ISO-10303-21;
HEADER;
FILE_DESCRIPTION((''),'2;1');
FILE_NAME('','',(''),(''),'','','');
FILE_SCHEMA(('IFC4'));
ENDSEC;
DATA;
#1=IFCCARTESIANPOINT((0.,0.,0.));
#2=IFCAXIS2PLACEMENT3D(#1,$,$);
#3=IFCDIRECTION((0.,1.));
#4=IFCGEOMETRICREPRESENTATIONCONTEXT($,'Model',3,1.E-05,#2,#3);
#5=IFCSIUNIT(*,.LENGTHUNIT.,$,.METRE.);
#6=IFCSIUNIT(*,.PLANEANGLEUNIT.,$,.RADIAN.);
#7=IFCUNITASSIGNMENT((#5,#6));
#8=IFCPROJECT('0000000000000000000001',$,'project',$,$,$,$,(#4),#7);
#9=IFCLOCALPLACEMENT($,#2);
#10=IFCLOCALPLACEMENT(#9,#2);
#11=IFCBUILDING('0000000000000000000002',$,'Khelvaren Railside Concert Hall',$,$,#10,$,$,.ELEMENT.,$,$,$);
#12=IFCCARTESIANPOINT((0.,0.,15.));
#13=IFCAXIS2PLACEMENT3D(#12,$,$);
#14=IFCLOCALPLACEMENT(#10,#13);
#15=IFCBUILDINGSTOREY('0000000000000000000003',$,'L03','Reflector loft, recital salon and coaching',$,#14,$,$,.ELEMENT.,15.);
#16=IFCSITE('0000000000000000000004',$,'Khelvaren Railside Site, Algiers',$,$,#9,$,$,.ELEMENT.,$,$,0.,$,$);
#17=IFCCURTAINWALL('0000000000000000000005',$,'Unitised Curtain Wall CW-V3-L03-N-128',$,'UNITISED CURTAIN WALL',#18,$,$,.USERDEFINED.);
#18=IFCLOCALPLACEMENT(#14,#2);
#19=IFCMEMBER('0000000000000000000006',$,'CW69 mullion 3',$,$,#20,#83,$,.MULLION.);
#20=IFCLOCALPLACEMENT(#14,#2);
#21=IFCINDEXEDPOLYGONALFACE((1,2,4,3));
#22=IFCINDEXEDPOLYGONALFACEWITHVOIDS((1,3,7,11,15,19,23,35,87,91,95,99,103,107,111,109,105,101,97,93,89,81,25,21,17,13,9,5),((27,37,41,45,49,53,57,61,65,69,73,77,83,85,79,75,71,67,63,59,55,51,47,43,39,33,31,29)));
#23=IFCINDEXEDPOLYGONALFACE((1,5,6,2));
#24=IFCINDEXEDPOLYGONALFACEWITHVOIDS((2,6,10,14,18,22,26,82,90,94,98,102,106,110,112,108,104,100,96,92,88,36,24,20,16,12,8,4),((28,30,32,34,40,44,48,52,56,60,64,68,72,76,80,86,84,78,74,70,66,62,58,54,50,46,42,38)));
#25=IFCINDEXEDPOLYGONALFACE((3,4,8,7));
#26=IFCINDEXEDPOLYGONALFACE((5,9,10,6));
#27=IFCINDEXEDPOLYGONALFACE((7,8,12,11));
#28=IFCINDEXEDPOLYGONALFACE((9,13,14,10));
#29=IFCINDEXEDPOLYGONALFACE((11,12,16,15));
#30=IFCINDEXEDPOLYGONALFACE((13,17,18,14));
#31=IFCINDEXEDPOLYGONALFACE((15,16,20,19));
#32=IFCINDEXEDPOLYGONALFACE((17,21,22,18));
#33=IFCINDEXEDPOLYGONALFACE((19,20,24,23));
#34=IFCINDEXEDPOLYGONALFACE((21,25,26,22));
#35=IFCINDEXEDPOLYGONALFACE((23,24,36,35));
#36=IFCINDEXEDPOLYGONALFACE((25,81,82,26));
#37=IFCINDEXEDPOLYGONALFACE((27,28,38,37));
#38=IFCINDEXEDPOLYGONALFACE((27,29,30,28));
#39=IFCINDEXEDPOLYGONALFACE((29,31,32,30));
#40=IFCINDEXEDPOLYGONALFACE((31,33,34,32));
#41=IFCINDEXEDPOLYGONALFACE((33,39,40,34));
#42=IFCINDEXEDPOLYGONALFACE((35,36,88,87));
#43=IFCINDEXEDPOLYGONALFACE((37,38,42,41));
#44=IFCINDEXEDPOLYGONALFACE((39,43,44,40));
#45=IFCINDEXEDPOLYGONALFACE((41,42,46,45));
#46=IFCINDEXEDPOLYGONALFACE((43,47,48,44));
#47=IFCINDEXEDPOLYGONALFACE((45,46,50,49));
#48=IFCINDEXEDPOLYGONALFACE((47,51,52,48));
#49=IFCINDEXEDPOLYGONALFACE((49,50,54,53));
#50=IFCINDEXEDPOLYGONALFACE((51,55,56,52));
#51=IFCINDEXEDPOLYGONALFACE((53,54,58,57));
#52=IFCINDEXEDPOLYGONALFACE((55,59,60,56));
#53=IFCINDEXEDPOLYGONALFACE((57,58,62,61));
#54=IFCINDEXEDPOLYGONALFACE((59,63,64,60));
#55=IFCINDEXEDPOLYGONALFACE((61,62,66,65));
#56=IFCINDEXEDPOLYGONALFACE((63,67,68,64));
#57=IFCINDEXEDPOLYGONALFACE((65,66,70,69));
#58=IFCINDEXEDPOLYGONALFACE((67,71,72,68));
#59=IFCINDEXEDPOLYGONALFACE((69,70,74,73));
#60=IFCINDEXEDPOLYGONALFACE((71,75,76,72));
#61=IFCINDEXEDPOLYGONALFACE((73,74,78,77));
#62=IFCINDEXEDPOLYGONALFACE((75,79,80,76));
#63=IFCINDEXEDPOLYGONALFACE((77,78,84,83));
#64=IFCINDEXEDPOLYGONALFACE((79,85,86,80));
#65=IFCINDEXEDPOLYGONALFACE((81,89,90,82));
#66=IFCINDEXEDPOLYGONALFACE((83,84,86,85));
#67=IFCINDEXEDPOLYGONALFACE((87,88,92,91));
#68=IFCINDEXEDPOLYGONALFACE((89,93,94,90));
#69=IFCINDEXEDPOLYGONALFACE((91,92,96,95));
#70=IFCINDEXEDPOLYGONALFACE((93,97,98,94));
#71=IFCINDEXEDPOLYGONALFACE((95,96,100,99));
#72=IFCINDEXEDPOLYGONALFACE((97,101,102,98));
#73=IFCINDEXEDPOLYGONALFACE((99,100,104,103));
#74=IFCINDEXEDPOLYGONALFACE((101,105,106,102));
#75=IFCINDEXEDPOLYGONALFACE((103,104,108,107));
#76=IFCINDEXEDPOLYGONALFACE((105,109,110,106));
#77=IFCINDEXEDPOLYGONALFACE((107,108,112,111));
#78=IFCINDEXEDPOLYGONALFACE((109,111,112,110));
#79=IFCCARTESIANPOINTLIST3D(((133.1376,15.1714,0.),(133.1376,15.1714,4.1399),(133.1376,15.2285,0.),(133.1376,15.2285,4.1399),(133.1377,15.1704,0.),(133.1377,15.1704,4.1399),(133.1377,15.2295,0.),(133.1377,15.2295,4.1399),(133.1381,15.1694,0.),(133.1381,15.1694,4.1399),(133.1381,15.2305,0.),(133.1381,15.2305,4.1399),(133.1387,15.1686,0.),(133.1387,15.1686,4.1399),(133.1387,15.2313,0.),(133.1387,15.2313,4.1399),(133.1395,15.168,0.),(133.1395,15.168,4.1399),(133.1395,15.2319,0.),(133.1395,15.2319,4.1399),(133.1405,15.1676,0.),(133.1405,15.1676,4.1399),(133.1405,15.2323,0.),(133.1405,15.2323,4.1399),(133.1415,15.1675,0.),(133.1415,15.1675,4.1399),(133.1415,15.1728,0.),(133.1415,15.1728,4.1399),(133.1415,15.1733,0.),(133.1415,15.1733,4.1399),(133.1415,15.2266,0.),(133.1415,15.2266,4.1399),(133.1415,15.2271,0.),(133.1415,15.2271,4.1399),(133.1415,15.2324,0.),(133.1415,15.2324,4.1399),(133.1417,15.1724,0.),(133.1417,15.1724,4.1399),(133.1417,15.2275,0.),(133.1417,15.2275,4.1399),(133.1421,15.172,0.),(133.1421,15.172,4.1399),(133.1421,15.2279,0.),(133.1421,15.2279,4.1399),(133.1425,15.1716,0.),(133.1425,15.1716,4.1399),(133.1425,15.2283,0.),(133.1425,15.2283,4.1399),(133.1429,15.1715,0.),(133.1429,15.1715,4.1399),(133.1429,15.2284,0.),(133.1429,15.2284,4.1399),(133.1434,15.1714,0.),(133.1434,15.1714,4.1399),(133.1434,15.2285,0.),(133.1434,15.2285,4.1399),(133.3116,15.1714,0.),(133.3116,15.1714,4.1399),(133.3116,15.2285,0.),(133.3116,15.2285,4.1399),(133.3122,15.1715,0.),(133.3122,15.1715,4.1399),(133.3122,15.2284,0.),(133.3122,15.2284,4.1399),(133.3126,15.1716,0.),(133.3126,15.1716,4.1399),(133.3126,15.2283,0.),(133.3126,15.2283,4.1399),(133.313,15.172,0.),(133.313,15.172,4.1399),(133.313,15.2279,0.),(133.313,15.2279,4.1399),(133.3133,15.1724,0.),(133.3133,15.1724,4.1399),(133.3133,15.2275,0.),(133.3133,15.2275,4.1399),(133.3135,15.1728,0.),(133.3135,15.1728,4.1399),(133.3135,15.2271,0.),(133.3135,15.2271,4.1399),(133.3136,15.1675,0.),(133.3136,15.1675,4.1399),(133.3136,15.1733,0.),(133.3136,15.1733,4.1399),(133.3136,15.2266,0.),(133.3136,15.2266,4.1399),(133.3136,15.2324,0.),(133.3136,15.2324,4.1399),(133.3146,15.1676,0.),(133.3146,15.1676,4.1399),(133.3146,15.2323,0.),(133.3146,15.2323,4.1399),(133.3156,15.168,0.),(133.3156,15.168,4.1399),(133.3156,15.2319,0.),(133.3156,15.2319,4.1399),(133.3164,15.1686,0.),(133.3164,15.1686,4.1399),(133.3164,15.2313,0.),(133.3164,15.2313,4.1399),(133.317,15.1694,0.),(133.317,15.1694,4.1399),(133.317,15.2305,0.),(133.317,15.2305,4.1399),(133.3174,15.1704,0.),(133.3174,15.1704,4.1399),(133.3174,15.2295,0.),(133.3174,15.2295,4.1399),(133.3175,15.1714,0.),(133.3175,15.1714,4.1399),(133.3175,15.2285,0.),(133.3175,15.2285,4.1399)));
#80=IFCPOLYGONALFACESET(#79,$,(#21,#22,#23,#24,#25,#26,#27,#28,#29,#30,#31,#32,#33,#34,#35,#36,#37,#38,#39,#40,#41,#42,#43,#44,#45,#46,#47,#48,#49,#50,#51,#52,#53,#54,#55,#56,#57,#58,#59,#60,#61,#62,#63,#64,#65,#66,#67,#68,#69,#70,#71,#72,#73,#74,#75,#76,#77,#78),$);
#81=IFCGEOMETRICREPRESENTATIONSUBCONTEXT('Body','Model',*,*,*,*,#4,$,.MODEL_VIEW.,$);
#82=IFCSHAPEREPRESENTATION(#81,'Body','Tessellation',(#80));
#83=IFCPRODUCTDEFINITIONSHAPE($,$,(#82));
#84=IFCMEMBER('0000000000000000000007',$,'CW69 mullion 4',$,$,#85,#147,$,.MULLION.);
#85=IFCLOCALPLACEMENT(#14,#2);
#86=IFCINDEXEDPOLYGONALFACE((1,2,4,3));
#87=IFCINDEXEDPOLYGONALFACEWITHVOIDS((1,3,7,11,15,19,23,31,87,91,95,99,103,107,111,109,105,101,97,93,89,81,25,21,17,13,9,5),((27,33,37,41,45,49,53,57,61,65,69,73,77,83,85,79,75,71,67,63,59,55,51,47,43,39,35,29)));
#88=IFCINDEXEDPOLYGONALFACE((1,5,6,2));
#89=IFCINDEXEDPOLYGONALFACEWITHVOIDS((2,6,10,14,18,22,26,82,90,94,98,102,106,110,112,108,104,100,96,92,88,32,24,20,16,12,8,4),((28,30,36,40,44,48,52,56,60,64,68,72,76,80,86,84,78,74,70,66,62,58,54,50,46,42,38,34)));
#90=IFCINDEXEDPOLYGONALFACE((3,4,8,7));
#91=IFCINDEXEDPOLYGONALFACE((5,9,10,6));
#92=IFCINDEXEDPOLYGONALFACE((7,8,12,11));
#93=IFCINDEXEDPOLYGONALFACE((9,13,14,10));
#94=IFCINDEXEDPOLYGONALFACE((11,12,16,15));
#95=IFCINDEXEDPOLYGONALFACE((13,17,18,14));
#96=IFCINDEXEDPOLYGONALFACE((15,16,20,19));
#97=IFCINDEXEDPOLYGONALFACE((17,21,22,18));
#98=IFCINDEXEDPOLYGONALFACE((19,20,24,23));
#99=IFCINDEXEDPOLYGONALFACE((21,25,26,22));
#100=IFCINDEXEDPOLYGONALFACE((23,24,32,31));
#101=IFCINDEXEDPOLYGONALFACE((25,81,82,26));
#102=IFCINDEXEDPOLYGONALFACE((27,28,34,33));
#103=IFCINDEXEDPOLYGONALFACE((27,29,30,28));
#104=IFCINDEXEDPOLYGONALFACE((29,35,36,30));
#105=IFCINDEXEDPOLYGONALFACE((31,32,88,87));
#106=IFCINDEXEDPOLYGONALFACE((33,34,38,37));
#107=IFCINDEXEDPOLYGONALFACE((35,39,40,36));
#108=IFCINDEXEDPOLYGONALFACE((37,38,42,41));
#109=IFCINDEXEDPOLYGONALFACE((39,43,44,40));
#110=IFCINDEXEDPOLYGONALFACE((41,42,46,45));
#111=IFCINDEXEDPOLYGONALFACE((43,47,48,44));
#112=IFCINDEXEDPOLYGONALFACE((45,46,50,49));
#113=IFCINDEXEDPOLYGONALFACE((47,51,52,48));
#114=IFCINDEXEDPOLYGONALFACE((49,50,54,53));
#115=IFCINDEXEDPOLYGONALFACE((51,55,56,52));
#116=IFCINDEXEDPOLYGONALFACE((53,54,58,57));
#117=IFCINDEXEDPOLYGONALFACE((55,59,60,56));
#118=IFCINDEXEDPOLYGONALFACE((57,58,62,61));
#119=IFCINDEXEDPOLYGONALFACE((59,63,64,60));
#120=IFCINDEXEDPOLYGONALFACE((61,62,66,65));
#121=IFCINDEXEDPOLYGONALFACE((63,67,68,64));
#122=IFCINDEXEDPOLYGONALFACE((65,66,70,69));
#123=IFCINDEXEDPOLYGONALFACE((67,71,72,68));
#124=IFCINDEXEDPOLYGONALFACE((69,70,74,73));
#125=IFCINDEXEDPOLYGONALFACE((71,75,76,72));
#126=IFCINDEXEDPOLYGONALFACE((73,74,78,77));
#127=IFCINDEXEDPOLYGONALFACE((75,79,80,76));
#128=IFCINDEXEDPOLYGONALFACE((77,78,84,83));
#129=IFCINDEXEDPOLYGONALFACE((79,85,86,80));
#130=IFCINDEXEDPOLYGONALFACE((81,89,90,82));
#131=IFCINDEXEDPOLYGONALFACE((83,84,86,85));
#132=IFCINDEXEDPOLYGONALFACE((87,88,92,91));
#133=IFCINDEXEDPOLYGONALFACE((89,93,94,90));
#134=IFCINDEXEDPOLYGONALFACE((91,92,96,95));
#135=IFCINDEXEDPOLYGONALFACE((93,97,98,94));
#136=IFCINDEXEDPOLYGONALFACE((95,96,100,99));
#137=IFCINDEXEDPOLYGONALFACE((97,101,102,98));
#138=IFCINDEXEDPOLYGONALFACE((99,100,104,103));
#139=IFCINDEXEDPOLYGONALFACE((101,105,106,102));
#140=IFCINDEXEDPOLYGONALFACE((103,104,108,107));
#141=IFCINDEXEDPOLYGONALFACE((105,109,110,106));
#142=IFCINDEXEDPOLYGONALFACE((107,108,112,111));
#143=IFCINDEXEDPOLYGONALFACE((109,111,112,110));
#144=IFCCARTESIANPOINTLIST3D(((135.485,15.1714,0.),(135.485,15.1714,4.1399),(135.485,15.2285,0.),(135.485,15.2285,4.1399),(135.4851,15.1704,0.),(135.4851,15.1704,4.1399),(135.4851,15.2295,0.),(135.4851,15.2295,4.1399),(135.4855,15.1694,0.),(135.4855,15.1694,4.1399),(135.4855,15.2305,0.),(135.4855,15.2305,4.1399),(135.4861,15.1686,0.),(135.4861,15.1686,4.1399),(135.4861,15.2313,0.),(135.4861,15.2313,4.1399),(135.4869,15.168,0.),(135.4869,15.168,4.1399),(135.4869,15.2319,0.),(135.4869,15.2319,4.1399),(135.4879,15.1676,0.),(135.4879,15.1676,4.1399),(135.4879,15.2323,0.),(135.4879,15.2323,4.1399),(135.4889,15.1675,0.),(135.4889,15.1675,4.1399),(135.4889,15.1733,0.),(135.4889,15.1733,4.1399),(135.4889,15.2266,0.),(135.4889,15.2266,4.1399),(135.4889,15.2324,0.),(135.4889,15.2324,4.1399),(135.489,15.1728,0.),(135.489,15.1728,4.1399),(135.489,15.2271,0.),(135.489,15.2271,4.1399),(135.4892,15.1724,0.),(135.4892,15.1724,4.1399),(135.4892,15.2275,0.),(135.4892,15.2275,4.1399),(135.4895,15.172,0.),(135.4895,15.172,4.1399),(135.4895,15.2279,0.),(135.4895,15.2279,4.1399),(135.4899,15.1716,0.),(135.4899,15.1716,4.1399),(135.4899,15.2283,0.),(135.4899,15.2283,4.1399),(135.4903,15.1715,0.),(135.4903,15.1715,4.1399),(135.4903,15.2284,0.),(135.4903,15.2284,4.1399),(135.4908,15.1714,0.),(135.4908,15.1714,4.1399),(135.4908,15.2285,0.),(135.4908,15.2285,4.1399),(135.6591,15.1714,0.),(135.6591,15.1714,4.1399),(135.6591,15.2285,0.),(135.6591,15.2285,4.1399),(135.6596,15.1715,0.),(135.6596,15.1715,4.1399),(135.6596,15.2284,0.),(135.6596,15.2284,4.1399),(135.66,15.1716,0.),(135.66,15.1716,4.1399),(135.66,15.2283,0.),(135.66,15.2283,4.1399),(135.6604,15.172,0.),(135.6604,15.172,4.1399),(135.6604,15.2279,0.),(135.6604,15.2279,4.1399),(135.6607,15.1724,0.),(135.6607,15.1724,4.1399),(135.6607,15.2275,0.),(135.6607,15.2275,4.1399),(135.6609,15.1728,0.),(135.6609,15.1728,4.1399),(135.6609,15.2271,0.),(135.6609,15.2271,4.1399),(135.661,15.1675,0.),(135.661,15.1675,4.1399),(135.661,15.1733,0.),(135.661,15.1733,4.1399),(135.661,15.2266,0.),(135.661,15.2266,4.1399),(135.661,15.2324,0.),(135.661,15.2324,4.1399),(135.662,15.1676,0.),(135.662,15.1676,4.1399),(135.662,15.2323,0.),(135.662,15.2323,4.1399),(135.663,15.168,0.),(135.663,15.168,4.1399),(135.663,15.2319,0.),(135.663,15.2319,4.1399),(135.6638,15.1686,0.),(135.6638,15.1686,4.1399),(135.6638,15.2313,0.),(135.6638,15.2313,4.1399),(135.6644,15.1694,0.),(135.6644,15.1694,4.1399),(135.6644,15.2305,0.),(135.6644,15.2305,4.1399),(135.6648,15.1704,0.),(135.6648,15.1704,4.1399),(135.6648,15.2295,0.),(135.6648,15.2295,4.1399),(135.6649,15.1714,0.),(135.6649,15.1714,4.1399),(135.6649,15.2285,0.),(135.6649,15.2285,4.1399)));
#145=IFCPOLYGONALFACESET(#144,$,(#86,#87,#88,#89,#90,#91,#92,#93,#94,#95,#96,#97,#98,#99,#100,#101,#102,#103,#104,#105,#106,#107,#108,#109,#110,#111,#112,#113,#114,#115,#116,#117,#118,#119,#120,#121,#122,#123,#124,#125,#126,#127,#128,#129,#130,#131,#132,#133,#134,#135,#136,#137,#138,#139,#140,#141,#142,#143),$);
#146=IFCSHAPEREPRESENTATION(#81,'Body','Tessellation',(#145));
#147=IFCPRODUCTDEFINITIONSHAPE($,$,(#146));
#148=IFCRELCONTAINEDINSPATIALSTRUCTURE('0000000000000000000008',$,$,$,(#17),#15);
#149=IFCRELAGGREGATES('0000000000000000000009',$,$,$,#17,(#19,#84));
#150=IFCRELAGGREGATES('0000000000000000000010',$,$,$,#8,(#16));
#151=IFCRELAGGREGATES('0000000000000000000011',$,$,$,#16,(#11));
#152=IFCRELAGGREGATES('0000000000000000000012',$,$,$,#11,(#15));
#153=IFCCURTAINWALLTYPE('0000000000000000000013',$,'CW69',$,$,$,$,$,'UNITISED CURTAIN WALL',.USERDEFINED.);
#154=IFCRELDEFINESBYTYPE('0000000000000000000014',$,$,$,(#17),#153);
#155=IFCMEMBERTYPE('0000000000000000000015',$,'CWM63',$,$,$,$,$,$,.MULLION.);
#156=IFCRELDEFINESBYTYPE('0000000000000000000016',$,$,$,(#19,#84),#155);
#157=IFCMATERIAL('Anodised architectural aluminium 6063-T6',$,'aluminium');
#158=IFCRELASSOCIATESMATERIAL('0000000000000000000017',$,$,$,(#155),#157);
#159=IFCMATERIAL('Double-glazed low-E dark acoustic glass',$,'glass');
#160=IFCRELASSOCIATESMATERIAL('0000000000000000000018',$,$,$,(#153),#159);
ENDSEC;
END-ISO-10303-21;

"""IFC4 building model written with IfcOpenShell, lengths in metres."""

from ifc_helpers import new_model, si_unit, direction, frame, origin, origin_2d, place, context, subcontext, project, spatial, hollow_rectangle, extrude, material, material_profile, profile_set, type_object, element, aggregate, save


model = new_model("IFC4")

# Units and contexts
model_context = context("Model", 3, precision=1e-05, world=origin(), true_north=direction((0.0, 1.0)))
body_context = subcontext(model_context, "Body", "Model", "MODEL_VIEW")
ifc_project = project(units=[si_unit("LENGTHUNIT", "METRE"), si_unit("PLANEANGLEUNIT", "RADIAN")], contexts=[model_context])

# Site, building, storey
site_placement = place(None, origin())
site = spatial("IfcSite", under=ifc_project, at=site_placement, Name="Khelvaren Railside Site, Algiers", CompositionType="ELEMENT", RefElevation=0.0)
building_placement = place(site_placement, origin())
building = spatial("IfcBuilding", under=site, at=building_placement, Name="Khelvaren Railside Concert Hall", CompositionType="ELEMENT")
storey_placement = place(building_placement, frame((0.0, 0.0, 15.0)))
storey = spatial("IfcBuildingStorey", under=building, at=storey_placement, Name="L03", Description="Reflector loft, recital salon and coaching", CompositionType="ELEMENT", Elevation=15.0)

# Shared definitions
ifc_material_1 = material(Name="Double-glazed low-E dark acoustic glass", Category="glass")
ifc_material_2 = material(Name="Anodised architectural aluminium 6063-T6", Category="aluminium")
ifc_material_profile_1 = material_profile(ifc_material_2, hollow_rectangle(XDim=0.0649, YDim=0.1799, WallThickness=0.0039, InnerFilletRadius=0.002, OuterFilletRadius=0.0039, at=origin_2d()), Name="CWM 65x180x4")
ifc_profile_set_1 = profile_set([ifc_material_profile_1], Name="Anodised architectural aluminium 6063-T6")
member_type_1 = type_object("IfcMemberType", Name="CWM63", PredefinedType="MULLION", material=ifc_profile_set_1)

# Curtain wall, members
curtain_wall_type_1 = type_object("IfcCurtainWallType", Name="CW69", ElementType="UNITISED CURTAIN WALL", PredefinedType="USERDEFINED", material=ifc_material_1)
curtain_wall_1_placement = place(storey_placement, origin())
curtain_wall_1 = element("IfcCurtainWall", 1, at=curtain_wall_1_placement, inside=storey, type_object=curtain_wall_type_1, Name="Unitised Curtain Wall CW-V3-L03-N-128", ObjectType="UNITISED CURTAIN WALL", PredefinedType="USERDEFINED")
member_1_placement = place(storey_placement, frame((133.2275, 15.2, 0.0), z_axis=(0.0, 0.0, 1.0), x_axis=(0.0, 1.0, 0.0)))
member_1 = element("IfcMember", 2, at=member_1_placement, type_object=member_type_1, Name="CW69 mullion 3", PredefinedType="MULLION", context=body_context, shape_type="SweptSolid", body=[
    extrude(hollow_rectangle(XDim=0.0649, YDim=0.1799, WallThickness=0.0039, InnerFilletRadius=0.002, OuterFilletRadius=0.0039, at=origin_2d()), origin(), (0.0, 0.0, 1.0), 4.1399),
])
member_2_placement = place(storey_placement, frame((135.575, 15.2, 0.0), z_axis=(0.0, 0.0, 1.0), x_axis=(0.0, 1.0, 0.0)))
member_2 = element("IfcMember", 3, at=member_2_placement, type_object=member_type_1, Name="CW69 mullion 4", PredefinedType="MULLION", context=body_context, shape_type="SweptSolid", body=[
    extrude(hollow_rectangle(XDim=0.0649, YDim=0.1799, WallThickness=0.0039, InnerFilletRadius=0.002, OuterFilletRadius=0.0039, at=origin_2d()), origin(), (0.0, 0.0, 1.0), 4.1399),
])

aggregate(curtain_wall_1, [member_1, member_2])

save(model, "model.ifc")
